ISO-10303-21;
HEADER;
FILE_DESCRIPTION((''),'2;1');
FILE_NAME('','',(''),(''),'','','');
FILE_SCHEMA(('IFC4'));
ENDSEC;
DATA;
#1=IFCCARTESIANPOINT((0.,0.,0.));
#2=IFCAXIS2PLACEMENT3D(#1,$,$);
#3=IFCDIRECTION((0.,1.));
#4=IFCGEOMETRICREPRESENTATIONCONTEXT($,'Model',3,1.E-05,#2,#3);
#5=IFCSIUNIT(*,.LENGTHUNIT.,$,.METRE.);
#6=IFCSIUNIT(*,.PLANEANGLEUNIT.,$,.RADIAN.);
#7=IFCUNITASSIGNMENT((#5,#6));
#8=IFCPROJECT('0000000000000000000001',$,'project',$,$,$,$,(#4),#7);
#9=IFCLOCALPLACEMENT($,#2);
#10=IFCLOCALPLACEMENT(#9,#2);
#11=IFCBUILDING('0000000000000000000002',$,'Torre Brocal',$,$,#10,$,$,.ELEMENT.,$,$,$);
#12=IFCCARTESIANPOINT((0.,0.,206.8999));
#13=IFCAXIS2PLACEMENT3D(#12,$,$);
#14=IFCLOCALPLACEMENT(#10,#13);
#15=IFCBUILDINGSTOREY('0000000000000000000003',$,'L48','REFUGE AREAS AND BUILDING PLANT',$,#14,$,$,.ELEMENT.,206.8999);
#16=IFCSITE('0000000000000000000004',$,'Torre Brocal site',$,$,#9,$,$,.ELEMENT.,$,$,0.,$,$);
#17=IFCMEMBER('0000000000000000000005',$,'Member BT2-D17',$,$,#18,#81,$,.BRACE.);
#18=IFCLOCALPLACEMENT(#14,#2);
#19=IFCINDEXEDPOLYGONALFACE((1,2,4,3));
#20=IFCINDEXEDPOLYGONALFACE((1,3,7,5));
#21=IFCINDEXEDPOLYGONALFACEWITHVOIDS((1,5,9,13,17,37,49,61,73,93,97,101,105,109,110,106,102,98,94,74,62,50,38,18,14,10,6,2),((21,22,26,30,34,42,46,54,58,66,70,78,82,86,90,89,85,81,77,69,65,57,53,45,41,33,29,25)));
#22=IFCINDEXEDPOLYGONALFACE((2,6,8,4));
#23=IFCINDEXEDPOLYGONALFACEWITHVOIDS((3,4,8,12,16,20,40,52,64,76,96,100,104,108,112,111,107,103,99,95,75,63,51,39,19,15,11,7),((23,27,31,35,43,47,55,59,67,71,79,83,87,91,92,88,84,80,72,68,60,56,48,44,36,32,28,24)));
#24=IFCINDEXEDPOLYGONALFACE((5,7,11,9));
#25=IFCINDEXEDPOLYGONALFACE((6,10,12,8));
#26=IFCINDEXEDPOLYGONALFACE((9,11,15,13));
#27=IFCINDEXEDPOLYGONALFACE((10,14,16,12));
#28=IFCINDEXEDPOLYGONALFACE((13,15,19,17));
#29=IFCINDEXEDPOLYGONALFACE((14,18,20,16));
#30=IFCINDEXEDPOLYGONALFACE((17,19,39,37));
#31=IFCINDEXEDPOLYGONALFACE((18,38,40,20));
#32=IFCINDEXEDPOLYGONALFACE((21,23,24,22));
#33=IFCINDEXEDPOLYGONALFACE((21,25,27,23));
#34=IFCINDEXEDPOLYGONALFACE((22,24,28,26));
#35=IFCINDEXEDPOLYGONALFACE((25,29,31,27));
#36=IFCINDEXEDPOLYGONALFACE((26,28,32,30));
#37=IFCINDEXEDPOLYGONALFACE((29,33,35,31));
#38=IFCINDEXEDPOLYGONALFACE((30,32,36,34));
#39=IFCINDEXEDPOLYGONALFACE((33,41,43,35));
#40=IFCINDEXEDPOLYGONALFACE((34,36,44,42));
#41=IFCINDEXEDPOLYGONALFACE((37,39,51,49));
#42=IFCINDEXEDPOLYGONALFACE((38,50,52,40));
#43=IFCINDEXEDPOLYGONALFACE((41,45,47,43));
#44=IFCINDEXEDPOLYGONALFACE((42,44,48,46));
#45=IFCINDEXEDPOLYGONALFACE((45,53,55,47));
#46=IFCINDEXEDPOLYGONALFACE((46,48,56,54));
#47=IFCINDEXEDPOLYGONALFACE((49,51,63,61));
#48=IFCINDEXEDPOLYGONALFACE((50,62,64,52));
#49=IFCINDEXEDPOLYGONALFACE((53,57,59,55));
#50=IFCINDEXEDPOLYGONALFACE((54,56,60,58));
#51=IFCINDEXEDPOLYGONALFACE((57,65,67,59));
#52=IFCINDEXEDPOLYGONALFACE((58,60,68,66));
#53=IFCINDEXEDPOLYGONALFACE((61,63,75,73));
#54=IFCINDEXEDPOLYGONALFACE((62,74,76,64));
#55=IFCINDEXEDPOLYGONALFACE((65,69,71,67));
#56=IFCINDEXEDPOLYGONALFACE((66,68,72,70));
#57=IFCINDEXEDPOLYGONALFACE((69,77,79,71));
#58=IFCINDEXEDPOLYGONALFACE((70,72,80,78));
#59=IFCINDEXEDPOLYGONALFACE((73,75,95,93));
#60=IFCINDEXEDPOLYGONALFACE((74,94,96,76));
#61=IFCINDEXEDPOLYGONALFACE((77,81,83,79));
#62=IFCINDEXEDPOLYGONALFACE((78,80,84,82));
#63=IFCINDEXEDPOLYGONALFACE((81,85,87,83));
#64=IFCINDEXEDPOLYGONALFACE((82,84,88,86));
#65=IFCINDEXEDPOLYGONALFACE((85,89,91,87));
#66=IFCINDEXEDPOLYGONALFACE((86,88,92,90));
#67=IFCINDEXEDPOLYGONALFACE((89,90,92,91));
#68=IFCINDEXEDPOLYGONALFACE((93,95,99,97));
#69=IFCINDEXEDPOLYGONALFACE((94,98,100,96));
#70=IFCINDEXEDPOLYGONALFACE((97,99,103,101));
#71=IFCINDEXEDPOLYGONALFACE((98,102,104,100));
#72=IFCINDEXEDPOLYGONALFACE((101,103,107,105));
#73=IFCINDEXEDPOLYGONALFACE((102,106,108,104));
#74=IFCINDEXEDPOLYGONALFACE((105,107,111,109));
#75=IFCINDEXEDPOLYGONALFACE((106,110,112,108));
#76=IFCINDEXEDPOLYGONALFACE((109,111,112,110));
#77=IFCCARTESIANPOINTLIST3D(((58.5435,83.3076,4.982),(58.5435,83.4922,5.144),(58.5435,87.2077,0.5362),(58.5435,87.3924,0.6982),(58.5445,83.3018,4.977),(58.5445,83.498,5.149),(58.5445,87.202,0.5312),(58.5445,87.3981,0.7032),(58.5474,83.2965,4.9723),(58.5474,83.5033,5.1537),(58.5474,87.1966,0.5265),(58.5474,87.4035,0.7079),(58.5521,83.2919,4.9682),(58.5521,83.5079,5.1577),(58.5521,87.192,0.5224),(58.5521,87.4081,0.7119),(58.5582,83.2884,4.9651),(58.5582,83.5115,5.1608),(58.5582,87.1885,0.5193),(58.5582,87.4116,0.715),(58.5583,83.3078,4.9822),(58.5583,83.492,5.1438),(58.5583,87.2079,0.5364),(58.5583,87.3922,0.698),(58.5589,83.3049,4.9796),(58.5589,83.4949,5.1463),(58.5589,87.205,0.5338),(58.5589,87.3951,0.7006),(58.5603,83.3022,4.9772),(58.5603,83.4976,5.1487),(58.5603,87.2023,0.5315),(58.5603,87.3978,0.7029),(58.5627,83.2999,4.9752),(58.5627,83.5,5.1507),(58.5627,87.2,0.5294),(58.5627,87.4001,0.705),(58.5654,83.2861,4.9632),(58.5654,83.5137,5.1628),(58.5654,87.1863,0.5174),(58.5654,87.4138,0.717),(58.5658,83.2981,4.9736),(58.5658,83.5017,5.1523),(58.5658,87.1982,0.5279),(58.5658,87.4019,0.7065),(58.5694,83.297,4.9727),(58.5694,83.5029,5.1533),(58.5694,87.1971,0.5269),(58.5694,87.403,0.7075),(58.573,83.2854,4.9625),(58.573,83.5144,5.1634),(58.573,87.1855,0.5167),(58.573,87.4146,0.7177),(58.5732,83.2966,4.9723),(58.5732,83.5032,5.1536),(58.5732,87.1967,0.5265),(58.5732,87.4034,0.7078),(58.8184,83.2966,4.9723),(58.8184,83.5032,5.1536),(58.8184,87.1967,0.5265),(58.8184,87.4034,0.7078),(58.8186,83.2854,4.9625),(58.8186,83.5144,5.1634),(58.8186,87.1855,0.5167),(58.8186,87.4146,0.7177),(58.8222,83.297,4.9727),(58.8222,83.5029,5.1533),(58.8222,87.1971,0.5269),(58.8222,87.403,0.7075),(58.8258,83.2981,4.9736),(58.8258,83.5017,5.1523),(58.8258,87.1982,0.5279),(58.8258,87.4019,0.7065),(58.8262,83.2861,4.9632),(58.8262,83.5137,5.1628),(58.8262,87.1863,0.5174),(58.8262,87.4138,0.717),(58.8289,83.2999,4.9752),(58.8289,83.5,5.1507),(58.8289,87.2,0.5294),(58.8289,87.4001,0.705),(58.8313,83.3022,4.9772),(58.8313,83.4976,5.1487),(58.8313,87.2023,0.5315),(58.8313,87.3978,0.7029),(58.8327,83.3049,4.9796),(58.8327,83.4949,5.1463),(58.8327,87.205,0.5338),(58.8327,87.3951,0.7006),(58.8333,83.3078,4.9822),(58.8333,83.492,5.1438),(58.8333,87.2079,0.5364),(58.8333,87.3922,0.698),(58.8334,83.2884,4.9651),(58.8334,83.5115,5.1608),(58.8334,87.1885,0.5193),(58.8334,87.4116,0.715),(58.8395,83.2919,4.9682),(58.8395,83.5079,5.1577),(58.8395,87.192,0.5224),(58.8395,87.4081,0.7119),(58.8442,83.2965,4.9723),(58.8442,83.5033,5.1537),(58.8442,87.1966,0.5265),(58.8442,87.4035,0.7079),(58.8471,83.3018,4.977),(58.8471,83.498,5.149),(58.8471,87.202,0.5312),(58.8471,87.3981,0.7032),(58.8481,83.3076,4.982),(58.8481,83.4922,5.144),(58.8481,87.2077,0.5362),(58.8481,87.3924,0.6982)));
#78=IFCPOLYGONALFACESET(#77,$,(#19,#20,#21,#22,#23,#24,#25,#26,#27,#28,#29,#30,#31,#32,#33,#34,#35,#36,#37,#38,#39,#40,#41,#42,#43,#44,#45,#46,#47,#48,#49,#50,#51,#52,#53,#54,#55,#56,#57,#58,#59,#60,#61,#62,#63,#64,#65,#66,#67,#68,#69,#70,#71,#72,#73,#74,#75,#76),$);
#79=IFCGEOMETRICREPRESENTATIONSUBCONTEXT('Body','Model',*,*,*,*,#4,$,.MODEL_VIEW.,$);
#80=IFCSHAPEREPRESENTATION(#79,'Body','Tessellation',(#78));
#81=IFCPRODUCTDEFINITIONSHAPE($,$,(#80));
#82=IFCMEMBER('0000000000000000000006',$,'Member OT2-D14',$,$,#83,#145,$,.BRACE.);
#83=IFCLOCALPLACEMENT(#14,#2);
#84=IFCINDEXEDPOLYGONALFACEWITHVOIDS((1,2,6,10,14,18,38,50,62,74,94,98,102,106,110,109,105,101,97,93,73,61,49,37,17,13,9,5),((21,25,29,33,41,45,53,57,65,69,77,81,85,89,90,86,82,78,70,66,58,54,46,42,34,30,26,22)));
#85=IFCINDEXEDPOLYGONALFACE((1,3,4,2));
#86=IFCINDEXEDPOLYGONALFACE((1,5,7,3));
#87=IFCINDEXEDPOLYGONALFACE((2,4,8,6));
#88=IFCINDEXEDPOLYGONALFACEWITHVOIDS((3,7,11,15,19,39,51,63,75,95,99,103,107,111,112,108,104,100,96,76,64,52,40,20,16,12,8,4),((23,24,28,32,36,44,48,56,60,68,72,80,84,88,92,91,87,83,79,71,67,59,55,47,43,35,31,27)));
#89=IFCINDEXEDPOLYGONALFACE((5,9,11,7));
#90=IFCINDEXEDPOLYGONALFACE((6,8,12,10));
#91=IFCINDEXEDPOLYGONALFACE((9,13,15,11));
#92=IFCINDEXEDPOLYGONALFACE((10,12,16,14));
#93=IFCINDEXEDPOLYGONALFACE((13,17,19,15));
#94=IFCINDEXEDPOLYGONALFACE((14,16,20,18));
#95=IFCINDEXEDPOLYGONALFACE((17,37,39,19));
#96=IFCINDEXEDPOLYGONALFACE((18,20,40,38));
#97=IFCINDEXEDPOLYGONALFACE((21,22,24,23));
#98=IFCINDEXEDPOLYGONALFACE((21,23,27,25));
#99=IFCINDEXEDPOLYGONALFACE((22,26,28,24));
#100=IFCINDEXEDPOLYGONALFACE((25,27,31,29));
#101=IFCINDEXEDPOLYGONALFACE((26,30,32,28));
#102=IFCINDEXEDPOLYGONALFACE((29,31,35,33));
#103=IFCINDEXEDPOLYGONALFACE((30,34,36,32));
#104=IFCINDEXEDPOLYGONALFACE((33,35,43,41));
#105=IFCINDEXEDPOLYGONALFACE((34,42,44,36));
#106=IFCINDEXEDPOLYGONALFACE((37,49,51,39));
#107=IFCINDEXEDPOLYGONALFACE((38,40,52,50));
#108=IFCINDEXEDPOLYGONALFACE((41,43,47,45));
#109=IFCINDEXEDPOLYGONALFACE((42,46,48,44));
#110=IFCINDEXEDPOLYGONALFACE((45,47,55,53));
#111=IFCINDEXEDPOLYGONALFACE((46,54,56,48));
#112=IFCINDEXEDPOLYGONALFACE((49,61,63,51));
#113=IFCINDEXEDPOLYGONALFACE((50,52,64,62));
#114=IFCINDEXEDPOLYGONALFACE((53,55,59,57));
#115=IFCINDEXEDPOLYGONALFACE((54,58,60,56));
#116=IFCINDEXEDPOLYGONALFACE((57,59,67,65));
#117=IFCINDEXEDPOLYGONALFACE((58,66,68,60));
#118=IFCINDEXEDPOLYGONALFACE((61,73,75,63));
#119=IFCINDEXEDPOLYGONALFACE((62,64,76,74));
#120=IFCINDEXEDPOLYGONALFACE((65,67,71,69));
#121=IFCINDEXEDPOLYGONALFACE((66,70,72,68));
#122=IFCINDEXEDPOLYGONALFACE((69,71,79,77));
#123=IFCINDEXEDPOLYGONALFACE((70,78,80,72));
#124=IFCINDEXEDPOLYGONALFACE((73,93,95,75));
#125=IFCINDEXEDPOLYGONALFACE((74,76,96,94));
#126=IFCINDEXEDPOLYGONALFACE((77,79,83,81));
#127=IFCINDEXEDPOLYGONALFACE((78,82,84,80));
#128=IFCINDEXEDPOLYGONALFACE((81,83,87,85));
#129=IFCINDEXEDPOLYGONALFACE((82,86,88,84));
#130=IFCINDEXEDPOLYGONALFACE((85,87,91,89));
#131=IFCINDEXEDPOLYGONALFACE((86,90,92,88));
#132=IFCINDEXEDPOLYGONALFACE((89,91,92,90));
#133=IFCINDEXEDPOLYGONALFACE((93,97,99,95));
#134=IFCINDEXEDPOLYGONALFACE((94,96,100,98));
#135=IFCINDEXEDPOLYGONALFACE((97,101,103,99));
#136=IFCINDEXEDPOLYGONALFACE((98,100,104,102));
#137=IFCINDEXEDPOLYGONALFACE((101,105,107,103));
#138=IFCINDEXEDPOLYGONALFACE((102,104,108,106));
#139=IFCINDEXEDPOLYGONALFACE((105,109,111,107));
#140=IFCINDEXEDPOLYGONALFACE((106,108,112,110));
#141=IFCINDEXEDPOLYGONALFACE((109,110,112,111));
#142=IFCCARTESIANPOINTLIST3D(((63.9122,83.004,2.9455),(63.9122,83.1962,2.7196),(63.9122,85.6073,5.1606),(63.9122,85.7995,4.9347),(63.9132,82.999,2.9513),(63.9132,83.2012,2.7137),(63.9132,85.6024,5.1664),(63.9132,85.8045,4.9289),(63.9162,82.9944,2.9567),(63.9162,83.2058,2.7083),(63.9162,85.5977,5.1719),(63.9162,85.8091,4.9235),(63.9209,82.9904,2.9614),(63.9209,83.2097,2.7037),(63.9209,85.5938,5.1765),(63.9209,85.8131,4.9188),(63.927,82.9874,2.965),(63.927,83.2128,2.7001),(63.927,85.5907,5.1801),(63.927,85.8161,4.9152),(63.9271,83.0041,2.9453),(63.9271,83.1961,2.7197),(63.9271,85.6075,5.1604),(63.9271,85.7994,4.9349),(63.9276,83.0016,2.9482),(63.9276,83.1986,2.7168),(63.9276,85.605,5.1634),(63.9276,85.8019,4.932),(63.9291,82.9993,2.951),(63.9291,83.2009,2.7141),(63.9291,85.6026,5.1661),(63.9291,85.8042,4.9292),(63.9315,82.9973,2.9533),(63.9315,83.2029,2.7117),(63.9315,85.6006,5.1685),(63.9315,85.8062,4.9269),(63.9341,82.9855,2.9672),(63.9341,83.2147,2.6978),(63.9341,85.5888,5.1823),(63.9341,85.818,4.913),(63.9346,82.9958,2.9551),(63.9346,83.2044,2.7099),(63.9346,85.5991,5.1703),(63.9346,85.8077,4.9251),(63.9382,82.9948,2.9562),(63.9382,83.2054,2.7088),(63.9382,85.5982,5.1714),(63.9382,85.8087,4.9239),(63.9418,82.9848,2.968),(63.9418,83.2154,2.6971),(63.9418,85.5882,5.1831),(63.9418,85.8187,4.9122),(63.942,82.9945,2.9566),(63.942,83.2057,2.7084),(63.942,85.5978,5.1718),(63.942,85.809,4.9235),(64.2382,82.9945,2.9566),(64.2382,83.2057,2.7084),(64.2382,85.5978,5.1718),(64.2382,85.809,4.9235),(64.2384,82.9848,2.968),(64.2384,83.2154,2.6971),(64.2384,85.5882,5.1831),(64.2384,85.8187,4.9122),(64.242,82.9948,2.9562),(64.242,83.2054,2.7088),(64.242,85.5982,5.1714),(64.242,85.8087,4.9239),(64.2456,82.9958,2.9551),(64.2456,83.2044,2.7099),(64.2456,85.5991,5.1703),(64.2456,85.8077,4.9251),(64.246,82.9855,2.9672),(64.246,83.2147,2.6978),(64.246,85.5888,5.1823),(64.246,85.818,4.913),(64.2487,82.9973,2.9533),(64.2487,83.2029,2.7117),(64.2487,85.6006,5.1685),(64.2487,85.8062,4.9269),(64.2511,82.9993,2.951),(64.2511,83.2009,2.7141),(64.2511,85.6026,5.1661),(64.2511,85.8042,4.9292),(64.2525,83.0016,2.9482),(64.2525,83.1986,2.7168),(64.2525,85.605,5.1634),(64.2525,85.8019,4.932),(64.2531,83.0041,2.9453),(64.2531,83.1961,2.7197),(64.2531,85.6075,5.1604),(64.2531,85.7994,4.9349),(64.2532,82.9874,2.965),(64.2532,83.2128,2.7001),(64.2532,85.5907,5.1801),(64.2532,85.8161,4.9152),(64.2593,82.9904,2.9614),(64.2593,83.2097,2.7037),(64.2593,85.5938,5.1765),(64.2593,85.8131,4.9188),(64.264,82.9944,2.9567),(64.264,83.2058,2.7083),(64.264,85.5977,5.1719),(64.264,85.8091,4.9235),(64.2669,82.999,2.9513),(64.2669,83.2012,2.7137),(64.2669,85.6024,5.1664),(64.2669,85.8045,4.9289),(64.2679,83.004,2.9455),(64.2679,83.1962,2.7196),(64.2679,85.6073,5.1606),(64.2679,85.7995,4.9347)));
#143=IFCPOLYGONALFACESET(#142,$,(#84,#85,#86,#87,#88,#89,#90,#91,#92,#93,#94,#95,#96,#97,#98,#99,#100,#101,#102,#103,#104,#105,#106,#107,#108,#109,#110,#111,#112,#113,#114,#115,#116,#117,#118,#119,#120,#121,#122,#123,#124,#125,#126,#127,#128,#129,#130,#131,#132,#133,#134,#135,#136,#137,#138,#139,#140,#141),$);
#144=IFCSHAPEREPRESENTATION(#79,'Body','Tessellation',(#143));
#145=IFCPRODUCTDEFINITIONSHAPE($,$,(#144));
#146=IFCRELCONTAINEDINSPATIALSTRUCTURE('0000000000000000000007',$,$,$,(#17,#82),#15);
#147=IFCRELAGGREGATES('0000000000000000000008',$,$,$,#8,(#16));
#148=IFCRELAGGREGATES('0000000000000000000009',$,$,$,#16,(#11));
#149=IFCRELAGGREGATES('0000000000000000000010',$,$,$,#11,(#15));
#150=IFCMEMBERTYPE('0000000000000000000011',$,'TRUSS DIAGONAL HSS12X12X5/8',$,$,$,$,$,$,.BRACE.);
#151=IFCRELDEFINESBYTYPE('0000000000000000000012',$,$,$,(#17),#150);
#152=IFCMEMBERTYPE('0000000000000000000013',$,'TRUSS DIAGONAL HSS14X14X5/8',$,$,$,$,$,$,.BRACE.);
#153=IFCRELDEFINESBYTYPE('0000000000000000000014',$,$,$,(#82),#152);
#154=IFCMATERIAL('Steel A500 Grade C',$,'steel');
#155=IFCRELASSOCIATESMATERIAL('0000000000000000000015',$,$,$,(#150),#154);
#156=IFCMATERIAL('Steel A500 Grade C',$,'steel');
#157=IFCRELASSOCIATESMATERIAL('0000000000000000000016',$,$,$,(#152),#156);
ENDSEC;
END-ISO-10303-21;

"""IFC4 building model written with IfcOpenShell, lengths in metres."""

from ifc_helpers import new_model, si_unit, direction, frame, origin, origin_2d, place, context, subcontext, project, spatial, hollow_rectangle, extrude, material, material_profile, profile_set, type_object, element, save


model = new_model("IFC4")

# Units and contexts
model_context = context("Model", 3, precision=1e-05, world=origin(), true_north=direction((0.0, 1.0)))
body_context = subcontext(model_context, "Body", "Model", "MODEL_VIEW")
ifc_project = project(units=[si_unit("LENGTHUNIT", "METRE"), si_unit("PLANEANGLEUNIT", "RADIAN")], contexts=[model_context])

# Site, building, storey
site_placement = place(None, origin())
site = spatial("IfcSite", under=ifc_project, at=site_placement, Name="Torre Brocal site", CompositionType="ELEMENT", RefElevation=0.0)
building_placement = place(site_placement, origin())
building = spatial("IfcBuilding", under=site, at=building_placement, Name="Torre Brocal", CompositionType="ELEMENT")
storey_placement = place(building_placement, frame((0.0, 0.0, 206.8999)))
storey = spatial("IfcBuildingStorey", under=building, at=storey_placement, Name="L48", Description="REFUGE AREAS AND BUILDING PLANT", CompositionType="ELEMENT", Elevation=206.8999)

# Members
ifc_material_1 = material(Name="Steel A500 Grade C", Category="steel")
ifc_material_profile_1 = material_profile(ifc_material_1, hollow_rectangle(XDim=0.3047, YDim=0.3047, WallThickness=0.0149, InnerFilletRadius=0.0149, OuterFilletRadius=0.0295, at=origin_2d()), Name="HSS12X12X5/8")
ifc_profile_set_1 = profile_set([ifc_material_profile_1], Name="Steel A500 Grade C")
member_type_1 = type_object("IfcMemberType", Name="TRUSS DIAGONAL HSS12X12X5/8", PredefinedType="BRACE", material=ifc_profile_set_1)
member_1_placement = place(storey_placement, frame((58.6958, 87.3, 0.6172), z_axis=(0.0, -0.659469, 0.751732), x_axis=(1.0, 0.0, 0.0)))
element("IfcMember", 1, at=member_1_placement, inside=storey, type_object=member_type_1, Name="Member BT2-D17", PredefinedType="BRACE", context=body_context, shape_type="SweptSolid", body=[
    extrude(hollow_rectangle(XDim=0.3047, YDim=0.3047, WallThickness=0.0149, InnerFilletRadius=0.0149, OuterFilletRadius=0.0295, at=origin_2d()), origin(), (0.0, 0.0, 1.0), 5.9141),
])
ifc_material_2 = material(Name="Steel A500 Grade C", Category="steel")
ifc_material_profile_2 = material_profile(ifc_material_2, hollow_rectangle(XDim=0.3557, YDim=0.3557, WallThickness=0.0149, InnerFilletRadius=0.0149, OuterFilletRadius=0.0295, at=origin_2d()), Name="HSS14X14X5/8")
ifc_profile_set_2 = profile_set([ifc_material_profile_2], Name="Steel A500 Grade C")
member_type_2 = type_object("IfcMemberType", Name="TRUSS DIAGONAL HSS14X14X5/8", PredefinedType="BRACE", material=ifc_profile_set_2)
for number, where, z_axis, x_axis, name in (
    (2, (64.0901, 83.1001, 2.8325), (0.0, 0.761606, 0.64804), (-1.0, 0.0, 0.0), "Member OT2-D14"),
):
    element("IfcMember", number, at=place(storey_placement, frame(where, z_axis=z_axis, x_axis=x_axis)), inside=storey, type_object=member_type_2, Name=name, PredefinedType="BRACE", context=body_context, shape_type="SweptSolid", body=[
        extrude(hollow_rectangle(XDim=0.3557, YDim=0.3557, WallThickness=0.0149, InnerFilletRadius=0.0149, OuterFilletRadius=0.0295, at=origin_2d()), origin(), (0.0, 0.0, 1.0), 3.4182),
    ])

save(model, "model.ifc")
